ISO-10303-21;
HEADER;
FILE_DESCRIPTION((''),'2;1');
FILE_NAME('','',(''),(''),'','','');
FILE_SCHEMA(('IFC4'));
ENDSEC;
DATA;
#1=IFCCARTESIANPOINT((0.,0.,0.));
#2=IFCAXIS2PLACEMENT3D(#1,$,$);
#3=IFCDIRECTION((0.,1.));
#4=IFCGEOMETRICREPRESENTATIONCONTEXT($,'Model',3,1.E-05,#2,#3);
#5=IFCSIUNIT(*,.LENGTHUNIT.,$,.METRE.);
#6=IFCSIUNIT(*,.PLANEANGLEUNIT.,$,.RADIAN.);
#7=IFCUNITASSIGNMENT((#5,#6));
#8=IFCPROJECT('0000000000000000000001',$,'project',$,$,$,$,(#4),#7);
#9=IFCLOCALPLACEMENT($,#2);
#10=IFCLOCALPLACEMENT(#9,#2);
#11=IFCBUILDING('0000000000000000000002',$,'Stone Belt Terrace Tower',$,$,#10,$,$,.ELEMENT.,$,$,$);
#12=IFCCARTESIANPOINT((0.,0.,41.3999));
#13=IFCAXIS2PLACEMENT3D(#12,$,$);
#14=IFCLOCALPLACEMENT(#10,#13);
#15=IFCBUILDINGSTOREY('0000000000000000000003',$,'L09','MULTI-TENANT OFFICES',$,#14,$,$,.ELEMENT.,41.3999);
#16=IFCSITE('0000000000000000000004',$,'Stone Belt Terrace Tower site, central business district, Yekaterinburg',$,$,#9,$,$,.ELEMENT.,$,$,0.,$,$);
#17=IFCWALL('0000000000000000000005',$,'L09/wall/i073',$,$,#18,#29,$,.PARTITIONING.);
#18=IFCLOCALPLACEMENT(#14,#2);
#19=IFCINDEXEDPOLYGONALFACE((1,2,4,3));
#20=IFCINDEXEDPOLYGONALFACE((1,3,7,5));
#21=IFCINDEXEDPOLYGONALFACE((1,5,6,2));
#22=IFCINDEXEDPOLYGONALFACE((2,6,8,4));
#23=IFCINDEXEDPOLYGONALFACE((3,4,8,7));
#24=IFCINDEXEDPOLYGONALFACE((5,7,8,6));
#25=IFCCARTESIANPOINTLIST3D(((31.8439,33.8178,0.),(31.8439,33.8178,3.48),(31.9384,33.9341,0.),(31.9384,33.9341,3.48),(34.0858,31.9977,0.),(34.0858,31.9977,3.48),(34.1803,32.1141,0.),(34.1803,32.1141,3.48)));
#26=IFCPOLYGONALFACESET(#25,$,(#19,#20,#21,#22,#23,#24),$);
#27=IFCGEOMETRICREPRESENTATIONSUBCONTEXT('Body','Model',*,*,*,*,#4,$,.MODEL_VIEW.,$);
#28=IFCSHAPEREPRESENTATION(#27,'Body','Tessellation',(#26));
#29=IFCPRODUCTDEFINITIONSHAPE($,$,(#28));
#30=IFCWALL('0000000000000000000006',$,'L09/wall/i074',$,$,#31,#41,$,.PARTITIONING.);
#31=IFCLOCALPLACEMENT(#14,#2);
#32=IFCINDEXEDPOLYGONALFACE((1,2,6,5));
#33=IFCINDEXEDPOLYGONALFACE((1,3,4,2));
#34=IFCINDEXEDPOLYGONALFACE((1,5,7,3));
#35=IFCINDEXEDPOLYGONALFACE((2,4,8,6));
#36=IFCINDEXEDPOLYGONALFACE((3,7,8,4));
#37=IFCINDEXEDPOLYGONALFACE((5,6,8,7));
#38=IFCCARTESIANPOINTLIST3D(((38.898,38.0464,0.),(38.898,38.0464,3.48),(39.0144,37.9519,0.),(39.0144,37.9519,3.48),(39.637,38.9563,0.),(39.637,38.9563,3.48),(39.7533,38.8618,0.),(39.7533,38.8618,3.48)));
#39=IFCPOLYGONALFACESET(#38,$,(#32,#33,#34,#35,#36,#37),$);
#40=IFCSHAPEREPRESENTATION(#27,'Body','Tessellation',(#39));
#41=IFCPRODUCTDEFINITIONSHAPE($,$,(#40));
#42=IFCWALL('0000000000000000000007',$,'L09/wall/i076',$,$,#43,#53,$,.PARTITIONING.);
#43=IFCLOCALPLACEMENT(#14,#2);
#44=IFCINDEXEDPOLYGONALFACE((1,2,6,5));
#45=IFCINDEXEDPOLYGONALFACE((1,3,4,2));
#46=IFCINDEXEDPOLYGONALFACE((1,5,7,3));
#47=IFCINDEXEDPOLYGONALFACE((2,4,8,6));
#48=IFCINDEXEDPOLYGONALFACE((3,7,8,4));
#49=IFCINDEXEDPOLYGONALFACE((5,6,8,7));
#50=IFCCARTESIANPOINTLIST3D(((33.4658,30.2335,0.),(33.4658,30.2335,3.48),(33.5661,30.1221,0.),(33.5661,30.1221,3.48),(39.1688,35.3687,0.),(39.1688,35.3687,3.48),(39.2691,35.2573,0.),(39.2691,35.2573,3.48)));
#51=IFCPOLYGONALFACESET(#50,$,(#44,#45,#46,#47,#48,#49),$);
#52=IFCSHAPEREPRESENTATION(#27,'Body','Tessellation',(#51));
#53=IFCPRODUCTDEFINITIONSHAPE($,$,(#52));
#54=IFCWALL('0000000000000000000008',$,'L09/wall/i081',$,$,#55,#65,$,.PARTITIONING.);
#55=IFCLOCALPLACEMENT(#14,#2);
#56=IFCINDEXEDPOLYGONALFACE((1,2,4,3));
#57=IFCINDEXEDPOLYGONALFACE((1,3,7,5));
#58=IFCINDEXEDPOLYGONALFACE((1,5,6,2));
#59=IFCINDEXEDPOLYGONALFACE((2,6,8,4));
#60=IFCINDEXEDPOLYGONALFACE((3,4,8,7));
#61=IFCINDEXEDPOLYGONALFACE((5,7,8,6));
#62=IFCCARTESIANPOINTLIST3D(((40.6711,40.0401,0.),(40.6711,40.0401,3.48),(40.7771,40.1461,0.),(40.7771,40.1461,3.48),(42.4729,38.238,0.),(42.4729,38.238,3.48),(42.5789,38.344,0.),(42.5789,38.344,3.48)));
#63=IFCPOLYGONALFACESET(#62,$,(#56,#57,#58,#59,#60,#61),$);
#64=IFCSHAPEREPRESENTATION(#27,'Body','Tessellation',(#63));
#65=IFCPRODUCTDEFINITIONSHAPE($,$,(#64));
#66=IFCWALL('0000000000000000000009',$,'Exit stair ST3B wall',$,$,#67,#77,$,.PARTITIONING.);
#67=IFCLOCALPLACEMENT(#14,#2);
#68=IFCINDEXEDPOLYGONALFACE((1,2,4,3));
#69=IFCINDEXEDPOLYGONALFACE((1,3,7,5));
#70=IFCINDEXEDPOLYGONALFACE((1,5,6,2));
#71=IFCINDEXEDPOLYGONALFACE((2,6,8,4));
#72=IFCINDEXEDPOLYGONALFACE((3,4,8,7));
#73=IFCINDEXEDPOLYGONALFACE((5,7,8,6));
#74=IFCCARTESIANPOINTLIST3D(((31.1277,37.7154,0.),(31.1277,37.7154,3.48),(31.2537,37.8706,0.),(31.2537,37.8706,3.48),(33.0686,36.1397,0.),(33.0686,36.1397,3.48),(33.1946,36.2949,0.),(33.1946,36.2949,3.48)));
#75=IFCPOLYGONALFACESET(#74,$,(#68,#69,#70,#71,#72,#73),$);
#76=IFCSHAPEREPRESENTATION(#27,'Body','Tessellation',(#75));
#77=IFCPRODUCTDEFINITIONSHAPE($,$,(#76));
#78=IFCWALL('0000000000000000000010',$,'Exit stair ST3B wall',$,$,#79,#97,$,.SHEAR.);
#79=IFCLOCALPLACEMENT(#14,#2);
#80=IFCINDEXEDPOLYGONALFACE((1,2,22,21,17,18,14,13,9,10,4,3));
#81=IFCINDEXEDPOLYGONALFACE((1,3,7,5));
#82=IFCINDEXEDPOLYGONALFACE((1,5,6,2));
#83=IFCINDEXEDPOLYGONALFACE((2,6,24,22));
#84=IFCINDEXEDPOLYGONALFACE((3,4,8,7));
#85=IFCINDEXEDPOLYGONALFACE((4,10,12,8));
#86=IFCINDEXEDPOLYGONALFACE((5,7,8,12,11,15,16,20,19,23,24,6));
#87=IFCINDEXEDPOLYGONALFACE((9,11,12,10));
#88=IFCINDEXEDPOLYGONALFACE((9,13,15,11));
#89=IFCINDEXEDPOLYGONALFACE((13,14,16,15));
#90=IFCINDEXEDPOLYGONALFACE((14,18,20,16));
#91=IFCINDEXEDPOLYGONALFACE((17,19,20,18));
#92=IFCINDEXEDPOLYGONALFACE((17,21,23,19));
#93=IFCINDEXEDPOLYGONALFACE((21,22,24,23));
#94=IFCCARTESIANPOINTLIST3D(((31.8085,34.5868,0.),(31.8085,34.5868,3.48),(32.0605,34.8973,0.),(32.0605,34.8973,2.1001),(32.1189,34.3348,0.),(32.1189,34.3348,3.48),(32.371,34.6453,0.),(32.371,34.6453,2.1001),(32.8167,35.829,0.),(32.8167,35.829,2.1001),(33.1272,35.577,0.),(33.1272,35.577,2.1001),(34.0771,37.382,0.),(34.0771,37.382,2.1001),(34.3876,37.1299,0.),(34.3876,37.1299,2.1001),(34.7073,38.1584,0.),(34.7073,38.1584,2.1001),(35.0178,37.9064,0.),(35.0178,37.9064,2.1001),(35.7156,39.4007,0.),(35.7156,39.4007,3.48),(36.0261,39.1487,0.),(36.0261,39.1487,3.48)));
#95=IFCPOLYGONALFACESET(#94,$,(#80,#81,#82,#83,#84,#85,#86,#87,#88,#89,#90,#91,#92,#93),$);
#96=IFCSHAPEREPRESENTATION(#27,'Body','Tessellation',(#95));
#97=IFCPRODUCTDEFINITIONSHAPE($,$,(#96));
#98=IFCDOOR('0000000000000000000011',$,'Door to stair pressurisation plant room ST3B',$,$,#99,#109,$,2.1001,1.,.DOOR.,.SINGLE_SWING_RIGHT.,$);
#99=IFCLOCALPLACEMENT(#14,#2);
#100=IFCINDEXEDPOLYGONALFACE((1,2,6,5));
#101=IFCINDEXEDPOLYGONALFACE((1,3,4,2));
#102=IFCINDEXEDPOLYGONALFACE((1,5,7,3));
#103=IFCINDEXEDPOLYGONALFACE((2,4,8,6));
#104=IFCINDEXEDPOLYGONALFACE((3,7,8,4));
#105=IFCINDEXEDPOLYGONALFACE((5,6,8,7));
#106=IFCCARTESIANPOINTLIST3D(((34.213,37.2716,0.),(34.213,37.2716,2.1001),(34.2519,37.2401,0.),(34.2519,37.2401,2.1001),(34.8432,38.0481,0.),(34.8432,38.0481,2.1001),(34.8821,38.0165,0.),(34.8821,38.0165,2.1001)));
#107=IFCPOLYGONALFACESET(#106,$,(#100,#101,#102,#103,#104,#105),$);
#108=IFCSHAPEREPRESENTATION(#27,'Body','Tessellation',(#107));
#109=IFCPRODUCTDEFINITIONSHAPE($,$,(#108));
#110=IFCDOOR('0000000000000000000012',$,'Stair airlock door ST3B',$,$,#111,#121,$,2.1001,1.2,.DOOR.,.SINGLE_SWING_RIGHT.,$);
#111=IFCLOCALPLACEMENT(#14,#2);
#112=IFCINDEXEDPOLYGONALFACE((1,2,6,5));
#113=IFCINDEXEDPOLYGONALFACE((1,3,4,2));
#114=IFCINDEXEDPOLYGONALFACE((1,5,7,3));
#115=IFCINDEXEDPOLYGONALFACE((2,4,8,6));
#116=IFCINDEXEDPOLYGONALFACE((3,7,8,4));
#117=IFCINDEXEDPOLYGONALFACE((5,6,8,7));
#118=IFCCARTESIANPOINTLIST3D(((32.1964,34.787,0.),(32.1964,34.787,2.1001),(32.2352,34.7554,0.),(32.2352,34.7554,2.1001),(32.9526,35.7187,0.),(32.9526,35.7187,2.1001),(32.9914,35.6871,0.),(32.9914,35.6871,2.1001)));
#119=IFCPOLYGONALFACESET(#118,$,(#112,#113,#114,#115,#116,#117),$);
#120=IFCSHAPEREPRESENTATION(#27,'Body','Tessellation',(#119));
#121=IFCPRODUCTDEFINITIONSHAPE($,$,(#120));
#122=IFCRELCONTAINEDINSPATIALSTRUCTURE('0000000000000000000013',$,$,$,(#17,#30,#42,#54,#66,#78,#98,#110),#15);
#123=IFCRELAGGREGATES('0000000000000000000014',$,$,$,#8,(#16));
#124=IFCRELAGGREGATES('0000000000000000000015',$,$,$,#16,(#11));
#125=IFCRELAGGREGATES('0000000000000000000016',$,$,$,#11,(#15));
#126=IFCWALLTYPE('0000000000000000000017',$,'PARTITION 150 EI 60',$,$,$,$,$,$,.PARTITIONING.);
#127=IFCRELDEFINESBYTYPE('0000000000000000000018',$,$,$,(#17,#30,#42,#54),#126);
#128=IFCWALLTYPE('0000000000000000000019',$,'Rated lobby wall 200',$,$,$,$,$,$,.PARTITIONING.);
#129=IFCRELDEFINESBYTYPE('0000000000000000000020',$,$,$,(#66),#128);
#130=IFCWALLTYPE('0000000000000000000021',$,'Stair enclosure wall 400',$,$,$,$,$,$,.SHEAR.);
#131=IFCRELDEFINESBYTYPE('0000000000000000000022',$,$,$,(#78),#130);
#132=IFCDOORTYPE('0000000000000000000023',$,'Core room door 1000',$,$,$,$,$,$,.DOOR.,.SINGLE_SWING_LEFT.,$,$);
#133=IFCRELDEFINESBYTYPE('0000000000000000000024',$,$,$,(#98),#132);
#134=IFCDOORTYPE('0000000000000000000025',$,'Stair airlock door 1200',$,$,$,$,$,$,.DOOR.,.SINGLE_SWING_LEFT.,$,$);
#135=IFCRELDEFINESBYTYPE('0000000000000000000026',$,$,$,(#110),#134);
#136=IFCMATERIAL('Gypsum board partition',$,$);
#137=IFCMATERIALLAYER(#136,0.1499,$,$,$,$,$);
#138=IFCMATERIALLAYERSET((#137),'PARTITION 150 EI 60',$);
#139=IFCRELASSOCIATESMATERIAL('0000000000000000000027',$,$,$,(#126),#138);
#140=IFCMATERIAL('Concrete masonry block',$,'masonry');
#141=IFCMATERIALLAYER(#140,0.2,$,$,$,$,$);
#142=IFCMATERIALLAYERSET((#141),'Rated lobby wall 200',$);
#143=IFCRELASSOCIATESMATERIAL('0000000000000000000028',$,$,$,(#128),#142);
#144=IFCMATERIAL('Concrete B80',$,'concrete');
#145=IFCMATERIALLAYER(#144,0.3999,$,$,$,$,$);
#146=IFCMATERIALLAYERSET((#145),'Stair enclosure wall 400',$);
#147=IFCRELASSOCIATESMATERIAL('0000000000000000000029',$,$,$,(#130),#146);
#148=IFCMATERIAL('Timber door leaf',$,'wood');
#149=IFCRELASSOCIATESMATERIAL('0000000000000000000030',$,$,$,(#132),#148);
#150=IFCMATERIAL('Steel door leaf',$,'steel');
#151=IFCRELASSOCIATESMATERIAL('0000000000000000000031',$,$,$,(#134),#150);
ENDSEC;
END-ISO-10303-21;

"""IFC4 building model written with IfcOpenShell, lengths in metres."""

from ifc_helpers import new_model, si_unit, direction, frame, frame_2d, origin, place, context, subcontext, project, spatial, rectangle, extrude, material, layer, layer_set, type_object, element, fill, save


model = new_model("IFC4")

# Units and contexts
model_context = context("Model", 3, precision=1e-05, world=origin(), true_north=direction((0.0, 1.0)))
body_context = subcontext(model_context, "Body", "Model", "MODEL_VIEW")
ifc_project = project(units=[si_unit("LENGTHUNIT", "METRE"), si_unit("PLANEANGLEUNIT", "RADIAN")], contexts=[model_context])

# Site, building, storey
site_placement = place(None, origin())
site = spatial("IfcSite", under=ifc_project, at=site_placement, Name="Stone Belt Terrace Tower site, central business district, Yekaterinburg", CompositionType="ELEMENT", RefElevation=0.0)
building_placement = place(site_placement, origin())
building = spatial("IfcBuilding", under=site, at=building_placement, Name="Stone Belt Terrace Tower", CompositionType="ELEMENT")
storey_placement = place(building_placement, frame((0.0, 0.0, 41.3999)))
storey = spatial("IfcBuildingStorey", under=building, at=storey_placement, Name="L09", Description="MULTI-TENANT OFFICES", CompositionType="ELEMENT", Elevation=41.3999)

# Shared definitions
ifc_material_1 = material(Name="Concrete B80", Category="concrete")

# Shared definitions
ifc_material_2 = material(Name="Gypsum board partition")
ifc_layer_1 = layer(ifc_material_2, 0.1499)
ifc_layer_set_1 = layer_set([ifc_layer_1], Name="PARTITION 150 EI 60")
wall_type_1 = type_object("IfcWallType", Name="PARTITION 150 EI 60", PredefinedType="PARTITIONING", material=ifc_layer_set_1)

# Walls
wall_1_placement = place(storey_placement, frame((34.1331, 32.0559, 0.0), z_axis=(0.0, 0.0, 1.0), x_axis=(-0.77637, 0.630277, 0.0)))
element("IfcWall", 1, at=wall_1_placement, inside=storey, type_object=wall_type_1, Name="L09/wall/i073", PredefinedType="PARTITIONING", context=body_context, shape_type="SweptSolid", body=[
    extrude(rectangle(XDim=2.8877, YDim=0.1499, at=frame_2d((1.4438, 0.0))), origin(), (0.0, 0.0, 1.0), 3.48),
])
wall_2_placement = place(storey_placement, frame((39.6951, 38.9089, 0.0), z_axis=(0.0, 0.0, 1.0), x_axis=(-0.630444, -0.776235, 0.0)))
element("IfcWall", 2, at=wall_2_placement, inside=storey, type_object=wall_type_1, Name="L09/wall/i074", PredefinedType="PARTITIONING", context=body_context, shape_type="SweptSolid", body=[
    extrude(rectangle(XDim=1.1721, YDim=0.1499, at=frame_2d((0.5859, 0.0))), origin(), (0.0, 0.0, 1.0), 3.48),
])
wall_3_placement = place(storey_placement, frame((39.219, 35.313, 0.0), z_axis=(0.0, 0.0, 1.0), x_axis=(-0.743136, -0.66914, 0.0)))
element("IfcWall", 3, at=wall_3_placement, inside=storey, type_object=wall_type_1, Name="L09/wall/i076", PredefinedType="PARTITIONING", context=body_context, shape_type="SweptSolid", body=[
    extrude(rectangle(XDim=7.6743, YDim=0.1499, at=frame_2d((3.8372, 0.0))), origin(), (0.0, 0.0, 1.0), 3.48),
])
wall_4_placement = place(storey_placement, frame((42.5259, 38.291, 0.0), z_axis=(0.0, 0.0, 1.0), x_axis=(-0.707059, 0.707155, 0.0)))
element("IfcWall", 4, at=wall_4_placement, inside=storey, type_object=wall_type_1, Name="L09/wall/i081", PredefinedType="PARTITIONING", context=body_context, shape_type="SweptSolid", body=[
    extrude(rectangle(XDim=2.5483, YDim=0.1499, at=frame_2d((1.2742, 0.0))), origin(), (0.0, 0.0, 1.0), 3.48),
])
ifc_material_3 = material(Name="Concrete masonry block", Category="masonry")
ifc_layer_2 = layer(ifc_material_3, 0.2)
ifc_layer_set_2 = layer_set([ifc_layer_2], Name="Rated lobby wall 200")
wall_type_2 = type_object("IfcWallType", Name="Rated lobby wall 200", PredefinedType="PARTITIONING", material=ifc_layer_set_2)
wall_5_placement = place(storey_placement, frame((31.1907, 37.793, 0.0), z_axis=(0.0, 0.0, 1.0), x_axis=(0.776371, -0.630276, 0.0)))
element("IfcWall", 5, at=wall_5_placement, inside=storey, type_object=wall_type_2, Name="Exit stair ST3B wall", PredefinedType="PARTITIONING", context=body_context, shape_type="SweptSolid", body=[
    extrude(rectangle(XDim=2.5, YDim=0.2, at=frame_2d((1.25, 0.0))), origin(), (0.0, 0.0, 1.0), 3.48),
])

# Wall, openings, doors
ifc_layer_3 = layer(ifc_material_1, 0.3999)
ifc_layer_set_3 = layer_set([ifc_layer_3], Name="Stair enclosure wall 400")
wall_type_3 = type_object("IfcWallType", Name="Stair enclosure wall 400", PredefinedType="SHEAR", material=ifc_layer_set_3)
wall_6_placement = place(storey_placement, frame((31.9636, 34.4607, 0.0), z_axis=(0.0, 0.0, 1.0), x_axis=(0.630192, 0.776439, 0.0)))
wall_6 = element("IfcWall", 6, at=wall_6_placement, inside=storey, type_object=wall_type_3, Name="Exit stair ST3B wall", PredefinedType="SHEAR", context=body_context, shape_type="SweptSolid", body=[
    extrude(rectangle(XDim=6.2, YDim=0.3999, at=frame_2d((3.1001, 0.0))), origin(), (0.0, 0.0, 1.0), 3.48),
])
opening_1_placement = place(wall_6_placement, frame((0.3999, 0.0, 0.0)))
opening_1 = element("IfcOpeningElement", 7, at=opening_1_placement, cuts=wall_6, PredefinedType="OPENING", context=body_context, shape_type="SweptSolid", body=[
    extrude(rectangle(XDim=1.2, YDim=2.1001, at=frame_2d((0.6001, 1.05))), frame((0.0, 0.21, 0.0), z_axis=(0.0, -1.0, 0.0), x_axis=(1.0, 0.0, 0.0)), (0.0, 0.0, 1.0), 0.4199),
])
opening_2_placement = place(wall_6_placement, frame((3.6001, 0.0, 0.0)))
opening_2 = element("IfcOpeningElement", 8, at=opening_2_placement, cuts=wall_6, PredefinedType="OPENING", context=body_context, shape_type="SweptSolid", body=[
    extrude(rectangle(XDim=1.0, YDim=2.1001, at=frame_2d((0.5, 1.05))), frame((0.0, 0.21, 0.0), z_axis=(0.0, -1.0, 0.0), x_axis=(1.0, 0.0, 0.0)), (0.0, 0.0, 1.0), 0.4199),
])
ifc_material_4 = material(Name="Timber door leaf", Category="wood")
door_type_1 = type_object("IfcDoorType", Name="Core room door 1000", OperationType="SINGLE_SWING_LEFT", PredefinedType="DOOR", material=ifc_material_4)
door_1_placement = place(opening_2_placement, origin())
door_1 = element("IfcDoor", 9, at=door_1_placement, inside=storey, type_object=door_type_1, Name="Door to stair pressurisation plant room ST3B", OperationType="SINGLE_SWING_RIGHT", OverallHeight=2.1001, OverallWidth=1.0, PredefinedType="DOOR", context=body_context, shape_type="SweptSolid", body=[
    extrude(rectangle(XDim=1.0, YDim=2.1001, at=frame_2d((0.5, 1.05))), frame((0.0, 0.0249, 0.0), z_axis=(0.0, -1.0, 0.0), x_axis=(1.0, 0.0, 0.0)), (0.0, 0.0, 1.0), 0.05),
])
fill(opening_2, door_1)
ifc_material_5 = material(Name="Steel door leaf", Category="steel")
door_type_2 = type_object("IfcDoorType", Name="Stair airlock door 1200", OperationType="SINGLE_SWING_LEFT", PredefinedType="DOOR", material=ifc_material_5)
door_2_placement = place(opening_1_placement, origin())
door_2 = element("IfcDoor", 10, at=door_2_placement, inside=storey, type_object=door_type_2, Name="Stair airlock door ST3B", OperationType="SINGLE_SWING_RIGHT", OverallHeight=2.1001, OverallWidth=1.2, PredefinedType="DOOR", context=body_context, shape_type="SweptSolid", body=[
    extrude(rectangle(XDim=1.2, YDim=2.1001, at=frame_2d((0.6001, 1.05))), frame((0.0, 0.0249, 0.0), z_axis=(0.0, -1.0, 0.0), x_axis=(1.0, 0.0, 0.0)), (0.0, 0.0, 1.0), 0.05),
])
fill(opening_1, door_2)

save(model, "model.ifc")
